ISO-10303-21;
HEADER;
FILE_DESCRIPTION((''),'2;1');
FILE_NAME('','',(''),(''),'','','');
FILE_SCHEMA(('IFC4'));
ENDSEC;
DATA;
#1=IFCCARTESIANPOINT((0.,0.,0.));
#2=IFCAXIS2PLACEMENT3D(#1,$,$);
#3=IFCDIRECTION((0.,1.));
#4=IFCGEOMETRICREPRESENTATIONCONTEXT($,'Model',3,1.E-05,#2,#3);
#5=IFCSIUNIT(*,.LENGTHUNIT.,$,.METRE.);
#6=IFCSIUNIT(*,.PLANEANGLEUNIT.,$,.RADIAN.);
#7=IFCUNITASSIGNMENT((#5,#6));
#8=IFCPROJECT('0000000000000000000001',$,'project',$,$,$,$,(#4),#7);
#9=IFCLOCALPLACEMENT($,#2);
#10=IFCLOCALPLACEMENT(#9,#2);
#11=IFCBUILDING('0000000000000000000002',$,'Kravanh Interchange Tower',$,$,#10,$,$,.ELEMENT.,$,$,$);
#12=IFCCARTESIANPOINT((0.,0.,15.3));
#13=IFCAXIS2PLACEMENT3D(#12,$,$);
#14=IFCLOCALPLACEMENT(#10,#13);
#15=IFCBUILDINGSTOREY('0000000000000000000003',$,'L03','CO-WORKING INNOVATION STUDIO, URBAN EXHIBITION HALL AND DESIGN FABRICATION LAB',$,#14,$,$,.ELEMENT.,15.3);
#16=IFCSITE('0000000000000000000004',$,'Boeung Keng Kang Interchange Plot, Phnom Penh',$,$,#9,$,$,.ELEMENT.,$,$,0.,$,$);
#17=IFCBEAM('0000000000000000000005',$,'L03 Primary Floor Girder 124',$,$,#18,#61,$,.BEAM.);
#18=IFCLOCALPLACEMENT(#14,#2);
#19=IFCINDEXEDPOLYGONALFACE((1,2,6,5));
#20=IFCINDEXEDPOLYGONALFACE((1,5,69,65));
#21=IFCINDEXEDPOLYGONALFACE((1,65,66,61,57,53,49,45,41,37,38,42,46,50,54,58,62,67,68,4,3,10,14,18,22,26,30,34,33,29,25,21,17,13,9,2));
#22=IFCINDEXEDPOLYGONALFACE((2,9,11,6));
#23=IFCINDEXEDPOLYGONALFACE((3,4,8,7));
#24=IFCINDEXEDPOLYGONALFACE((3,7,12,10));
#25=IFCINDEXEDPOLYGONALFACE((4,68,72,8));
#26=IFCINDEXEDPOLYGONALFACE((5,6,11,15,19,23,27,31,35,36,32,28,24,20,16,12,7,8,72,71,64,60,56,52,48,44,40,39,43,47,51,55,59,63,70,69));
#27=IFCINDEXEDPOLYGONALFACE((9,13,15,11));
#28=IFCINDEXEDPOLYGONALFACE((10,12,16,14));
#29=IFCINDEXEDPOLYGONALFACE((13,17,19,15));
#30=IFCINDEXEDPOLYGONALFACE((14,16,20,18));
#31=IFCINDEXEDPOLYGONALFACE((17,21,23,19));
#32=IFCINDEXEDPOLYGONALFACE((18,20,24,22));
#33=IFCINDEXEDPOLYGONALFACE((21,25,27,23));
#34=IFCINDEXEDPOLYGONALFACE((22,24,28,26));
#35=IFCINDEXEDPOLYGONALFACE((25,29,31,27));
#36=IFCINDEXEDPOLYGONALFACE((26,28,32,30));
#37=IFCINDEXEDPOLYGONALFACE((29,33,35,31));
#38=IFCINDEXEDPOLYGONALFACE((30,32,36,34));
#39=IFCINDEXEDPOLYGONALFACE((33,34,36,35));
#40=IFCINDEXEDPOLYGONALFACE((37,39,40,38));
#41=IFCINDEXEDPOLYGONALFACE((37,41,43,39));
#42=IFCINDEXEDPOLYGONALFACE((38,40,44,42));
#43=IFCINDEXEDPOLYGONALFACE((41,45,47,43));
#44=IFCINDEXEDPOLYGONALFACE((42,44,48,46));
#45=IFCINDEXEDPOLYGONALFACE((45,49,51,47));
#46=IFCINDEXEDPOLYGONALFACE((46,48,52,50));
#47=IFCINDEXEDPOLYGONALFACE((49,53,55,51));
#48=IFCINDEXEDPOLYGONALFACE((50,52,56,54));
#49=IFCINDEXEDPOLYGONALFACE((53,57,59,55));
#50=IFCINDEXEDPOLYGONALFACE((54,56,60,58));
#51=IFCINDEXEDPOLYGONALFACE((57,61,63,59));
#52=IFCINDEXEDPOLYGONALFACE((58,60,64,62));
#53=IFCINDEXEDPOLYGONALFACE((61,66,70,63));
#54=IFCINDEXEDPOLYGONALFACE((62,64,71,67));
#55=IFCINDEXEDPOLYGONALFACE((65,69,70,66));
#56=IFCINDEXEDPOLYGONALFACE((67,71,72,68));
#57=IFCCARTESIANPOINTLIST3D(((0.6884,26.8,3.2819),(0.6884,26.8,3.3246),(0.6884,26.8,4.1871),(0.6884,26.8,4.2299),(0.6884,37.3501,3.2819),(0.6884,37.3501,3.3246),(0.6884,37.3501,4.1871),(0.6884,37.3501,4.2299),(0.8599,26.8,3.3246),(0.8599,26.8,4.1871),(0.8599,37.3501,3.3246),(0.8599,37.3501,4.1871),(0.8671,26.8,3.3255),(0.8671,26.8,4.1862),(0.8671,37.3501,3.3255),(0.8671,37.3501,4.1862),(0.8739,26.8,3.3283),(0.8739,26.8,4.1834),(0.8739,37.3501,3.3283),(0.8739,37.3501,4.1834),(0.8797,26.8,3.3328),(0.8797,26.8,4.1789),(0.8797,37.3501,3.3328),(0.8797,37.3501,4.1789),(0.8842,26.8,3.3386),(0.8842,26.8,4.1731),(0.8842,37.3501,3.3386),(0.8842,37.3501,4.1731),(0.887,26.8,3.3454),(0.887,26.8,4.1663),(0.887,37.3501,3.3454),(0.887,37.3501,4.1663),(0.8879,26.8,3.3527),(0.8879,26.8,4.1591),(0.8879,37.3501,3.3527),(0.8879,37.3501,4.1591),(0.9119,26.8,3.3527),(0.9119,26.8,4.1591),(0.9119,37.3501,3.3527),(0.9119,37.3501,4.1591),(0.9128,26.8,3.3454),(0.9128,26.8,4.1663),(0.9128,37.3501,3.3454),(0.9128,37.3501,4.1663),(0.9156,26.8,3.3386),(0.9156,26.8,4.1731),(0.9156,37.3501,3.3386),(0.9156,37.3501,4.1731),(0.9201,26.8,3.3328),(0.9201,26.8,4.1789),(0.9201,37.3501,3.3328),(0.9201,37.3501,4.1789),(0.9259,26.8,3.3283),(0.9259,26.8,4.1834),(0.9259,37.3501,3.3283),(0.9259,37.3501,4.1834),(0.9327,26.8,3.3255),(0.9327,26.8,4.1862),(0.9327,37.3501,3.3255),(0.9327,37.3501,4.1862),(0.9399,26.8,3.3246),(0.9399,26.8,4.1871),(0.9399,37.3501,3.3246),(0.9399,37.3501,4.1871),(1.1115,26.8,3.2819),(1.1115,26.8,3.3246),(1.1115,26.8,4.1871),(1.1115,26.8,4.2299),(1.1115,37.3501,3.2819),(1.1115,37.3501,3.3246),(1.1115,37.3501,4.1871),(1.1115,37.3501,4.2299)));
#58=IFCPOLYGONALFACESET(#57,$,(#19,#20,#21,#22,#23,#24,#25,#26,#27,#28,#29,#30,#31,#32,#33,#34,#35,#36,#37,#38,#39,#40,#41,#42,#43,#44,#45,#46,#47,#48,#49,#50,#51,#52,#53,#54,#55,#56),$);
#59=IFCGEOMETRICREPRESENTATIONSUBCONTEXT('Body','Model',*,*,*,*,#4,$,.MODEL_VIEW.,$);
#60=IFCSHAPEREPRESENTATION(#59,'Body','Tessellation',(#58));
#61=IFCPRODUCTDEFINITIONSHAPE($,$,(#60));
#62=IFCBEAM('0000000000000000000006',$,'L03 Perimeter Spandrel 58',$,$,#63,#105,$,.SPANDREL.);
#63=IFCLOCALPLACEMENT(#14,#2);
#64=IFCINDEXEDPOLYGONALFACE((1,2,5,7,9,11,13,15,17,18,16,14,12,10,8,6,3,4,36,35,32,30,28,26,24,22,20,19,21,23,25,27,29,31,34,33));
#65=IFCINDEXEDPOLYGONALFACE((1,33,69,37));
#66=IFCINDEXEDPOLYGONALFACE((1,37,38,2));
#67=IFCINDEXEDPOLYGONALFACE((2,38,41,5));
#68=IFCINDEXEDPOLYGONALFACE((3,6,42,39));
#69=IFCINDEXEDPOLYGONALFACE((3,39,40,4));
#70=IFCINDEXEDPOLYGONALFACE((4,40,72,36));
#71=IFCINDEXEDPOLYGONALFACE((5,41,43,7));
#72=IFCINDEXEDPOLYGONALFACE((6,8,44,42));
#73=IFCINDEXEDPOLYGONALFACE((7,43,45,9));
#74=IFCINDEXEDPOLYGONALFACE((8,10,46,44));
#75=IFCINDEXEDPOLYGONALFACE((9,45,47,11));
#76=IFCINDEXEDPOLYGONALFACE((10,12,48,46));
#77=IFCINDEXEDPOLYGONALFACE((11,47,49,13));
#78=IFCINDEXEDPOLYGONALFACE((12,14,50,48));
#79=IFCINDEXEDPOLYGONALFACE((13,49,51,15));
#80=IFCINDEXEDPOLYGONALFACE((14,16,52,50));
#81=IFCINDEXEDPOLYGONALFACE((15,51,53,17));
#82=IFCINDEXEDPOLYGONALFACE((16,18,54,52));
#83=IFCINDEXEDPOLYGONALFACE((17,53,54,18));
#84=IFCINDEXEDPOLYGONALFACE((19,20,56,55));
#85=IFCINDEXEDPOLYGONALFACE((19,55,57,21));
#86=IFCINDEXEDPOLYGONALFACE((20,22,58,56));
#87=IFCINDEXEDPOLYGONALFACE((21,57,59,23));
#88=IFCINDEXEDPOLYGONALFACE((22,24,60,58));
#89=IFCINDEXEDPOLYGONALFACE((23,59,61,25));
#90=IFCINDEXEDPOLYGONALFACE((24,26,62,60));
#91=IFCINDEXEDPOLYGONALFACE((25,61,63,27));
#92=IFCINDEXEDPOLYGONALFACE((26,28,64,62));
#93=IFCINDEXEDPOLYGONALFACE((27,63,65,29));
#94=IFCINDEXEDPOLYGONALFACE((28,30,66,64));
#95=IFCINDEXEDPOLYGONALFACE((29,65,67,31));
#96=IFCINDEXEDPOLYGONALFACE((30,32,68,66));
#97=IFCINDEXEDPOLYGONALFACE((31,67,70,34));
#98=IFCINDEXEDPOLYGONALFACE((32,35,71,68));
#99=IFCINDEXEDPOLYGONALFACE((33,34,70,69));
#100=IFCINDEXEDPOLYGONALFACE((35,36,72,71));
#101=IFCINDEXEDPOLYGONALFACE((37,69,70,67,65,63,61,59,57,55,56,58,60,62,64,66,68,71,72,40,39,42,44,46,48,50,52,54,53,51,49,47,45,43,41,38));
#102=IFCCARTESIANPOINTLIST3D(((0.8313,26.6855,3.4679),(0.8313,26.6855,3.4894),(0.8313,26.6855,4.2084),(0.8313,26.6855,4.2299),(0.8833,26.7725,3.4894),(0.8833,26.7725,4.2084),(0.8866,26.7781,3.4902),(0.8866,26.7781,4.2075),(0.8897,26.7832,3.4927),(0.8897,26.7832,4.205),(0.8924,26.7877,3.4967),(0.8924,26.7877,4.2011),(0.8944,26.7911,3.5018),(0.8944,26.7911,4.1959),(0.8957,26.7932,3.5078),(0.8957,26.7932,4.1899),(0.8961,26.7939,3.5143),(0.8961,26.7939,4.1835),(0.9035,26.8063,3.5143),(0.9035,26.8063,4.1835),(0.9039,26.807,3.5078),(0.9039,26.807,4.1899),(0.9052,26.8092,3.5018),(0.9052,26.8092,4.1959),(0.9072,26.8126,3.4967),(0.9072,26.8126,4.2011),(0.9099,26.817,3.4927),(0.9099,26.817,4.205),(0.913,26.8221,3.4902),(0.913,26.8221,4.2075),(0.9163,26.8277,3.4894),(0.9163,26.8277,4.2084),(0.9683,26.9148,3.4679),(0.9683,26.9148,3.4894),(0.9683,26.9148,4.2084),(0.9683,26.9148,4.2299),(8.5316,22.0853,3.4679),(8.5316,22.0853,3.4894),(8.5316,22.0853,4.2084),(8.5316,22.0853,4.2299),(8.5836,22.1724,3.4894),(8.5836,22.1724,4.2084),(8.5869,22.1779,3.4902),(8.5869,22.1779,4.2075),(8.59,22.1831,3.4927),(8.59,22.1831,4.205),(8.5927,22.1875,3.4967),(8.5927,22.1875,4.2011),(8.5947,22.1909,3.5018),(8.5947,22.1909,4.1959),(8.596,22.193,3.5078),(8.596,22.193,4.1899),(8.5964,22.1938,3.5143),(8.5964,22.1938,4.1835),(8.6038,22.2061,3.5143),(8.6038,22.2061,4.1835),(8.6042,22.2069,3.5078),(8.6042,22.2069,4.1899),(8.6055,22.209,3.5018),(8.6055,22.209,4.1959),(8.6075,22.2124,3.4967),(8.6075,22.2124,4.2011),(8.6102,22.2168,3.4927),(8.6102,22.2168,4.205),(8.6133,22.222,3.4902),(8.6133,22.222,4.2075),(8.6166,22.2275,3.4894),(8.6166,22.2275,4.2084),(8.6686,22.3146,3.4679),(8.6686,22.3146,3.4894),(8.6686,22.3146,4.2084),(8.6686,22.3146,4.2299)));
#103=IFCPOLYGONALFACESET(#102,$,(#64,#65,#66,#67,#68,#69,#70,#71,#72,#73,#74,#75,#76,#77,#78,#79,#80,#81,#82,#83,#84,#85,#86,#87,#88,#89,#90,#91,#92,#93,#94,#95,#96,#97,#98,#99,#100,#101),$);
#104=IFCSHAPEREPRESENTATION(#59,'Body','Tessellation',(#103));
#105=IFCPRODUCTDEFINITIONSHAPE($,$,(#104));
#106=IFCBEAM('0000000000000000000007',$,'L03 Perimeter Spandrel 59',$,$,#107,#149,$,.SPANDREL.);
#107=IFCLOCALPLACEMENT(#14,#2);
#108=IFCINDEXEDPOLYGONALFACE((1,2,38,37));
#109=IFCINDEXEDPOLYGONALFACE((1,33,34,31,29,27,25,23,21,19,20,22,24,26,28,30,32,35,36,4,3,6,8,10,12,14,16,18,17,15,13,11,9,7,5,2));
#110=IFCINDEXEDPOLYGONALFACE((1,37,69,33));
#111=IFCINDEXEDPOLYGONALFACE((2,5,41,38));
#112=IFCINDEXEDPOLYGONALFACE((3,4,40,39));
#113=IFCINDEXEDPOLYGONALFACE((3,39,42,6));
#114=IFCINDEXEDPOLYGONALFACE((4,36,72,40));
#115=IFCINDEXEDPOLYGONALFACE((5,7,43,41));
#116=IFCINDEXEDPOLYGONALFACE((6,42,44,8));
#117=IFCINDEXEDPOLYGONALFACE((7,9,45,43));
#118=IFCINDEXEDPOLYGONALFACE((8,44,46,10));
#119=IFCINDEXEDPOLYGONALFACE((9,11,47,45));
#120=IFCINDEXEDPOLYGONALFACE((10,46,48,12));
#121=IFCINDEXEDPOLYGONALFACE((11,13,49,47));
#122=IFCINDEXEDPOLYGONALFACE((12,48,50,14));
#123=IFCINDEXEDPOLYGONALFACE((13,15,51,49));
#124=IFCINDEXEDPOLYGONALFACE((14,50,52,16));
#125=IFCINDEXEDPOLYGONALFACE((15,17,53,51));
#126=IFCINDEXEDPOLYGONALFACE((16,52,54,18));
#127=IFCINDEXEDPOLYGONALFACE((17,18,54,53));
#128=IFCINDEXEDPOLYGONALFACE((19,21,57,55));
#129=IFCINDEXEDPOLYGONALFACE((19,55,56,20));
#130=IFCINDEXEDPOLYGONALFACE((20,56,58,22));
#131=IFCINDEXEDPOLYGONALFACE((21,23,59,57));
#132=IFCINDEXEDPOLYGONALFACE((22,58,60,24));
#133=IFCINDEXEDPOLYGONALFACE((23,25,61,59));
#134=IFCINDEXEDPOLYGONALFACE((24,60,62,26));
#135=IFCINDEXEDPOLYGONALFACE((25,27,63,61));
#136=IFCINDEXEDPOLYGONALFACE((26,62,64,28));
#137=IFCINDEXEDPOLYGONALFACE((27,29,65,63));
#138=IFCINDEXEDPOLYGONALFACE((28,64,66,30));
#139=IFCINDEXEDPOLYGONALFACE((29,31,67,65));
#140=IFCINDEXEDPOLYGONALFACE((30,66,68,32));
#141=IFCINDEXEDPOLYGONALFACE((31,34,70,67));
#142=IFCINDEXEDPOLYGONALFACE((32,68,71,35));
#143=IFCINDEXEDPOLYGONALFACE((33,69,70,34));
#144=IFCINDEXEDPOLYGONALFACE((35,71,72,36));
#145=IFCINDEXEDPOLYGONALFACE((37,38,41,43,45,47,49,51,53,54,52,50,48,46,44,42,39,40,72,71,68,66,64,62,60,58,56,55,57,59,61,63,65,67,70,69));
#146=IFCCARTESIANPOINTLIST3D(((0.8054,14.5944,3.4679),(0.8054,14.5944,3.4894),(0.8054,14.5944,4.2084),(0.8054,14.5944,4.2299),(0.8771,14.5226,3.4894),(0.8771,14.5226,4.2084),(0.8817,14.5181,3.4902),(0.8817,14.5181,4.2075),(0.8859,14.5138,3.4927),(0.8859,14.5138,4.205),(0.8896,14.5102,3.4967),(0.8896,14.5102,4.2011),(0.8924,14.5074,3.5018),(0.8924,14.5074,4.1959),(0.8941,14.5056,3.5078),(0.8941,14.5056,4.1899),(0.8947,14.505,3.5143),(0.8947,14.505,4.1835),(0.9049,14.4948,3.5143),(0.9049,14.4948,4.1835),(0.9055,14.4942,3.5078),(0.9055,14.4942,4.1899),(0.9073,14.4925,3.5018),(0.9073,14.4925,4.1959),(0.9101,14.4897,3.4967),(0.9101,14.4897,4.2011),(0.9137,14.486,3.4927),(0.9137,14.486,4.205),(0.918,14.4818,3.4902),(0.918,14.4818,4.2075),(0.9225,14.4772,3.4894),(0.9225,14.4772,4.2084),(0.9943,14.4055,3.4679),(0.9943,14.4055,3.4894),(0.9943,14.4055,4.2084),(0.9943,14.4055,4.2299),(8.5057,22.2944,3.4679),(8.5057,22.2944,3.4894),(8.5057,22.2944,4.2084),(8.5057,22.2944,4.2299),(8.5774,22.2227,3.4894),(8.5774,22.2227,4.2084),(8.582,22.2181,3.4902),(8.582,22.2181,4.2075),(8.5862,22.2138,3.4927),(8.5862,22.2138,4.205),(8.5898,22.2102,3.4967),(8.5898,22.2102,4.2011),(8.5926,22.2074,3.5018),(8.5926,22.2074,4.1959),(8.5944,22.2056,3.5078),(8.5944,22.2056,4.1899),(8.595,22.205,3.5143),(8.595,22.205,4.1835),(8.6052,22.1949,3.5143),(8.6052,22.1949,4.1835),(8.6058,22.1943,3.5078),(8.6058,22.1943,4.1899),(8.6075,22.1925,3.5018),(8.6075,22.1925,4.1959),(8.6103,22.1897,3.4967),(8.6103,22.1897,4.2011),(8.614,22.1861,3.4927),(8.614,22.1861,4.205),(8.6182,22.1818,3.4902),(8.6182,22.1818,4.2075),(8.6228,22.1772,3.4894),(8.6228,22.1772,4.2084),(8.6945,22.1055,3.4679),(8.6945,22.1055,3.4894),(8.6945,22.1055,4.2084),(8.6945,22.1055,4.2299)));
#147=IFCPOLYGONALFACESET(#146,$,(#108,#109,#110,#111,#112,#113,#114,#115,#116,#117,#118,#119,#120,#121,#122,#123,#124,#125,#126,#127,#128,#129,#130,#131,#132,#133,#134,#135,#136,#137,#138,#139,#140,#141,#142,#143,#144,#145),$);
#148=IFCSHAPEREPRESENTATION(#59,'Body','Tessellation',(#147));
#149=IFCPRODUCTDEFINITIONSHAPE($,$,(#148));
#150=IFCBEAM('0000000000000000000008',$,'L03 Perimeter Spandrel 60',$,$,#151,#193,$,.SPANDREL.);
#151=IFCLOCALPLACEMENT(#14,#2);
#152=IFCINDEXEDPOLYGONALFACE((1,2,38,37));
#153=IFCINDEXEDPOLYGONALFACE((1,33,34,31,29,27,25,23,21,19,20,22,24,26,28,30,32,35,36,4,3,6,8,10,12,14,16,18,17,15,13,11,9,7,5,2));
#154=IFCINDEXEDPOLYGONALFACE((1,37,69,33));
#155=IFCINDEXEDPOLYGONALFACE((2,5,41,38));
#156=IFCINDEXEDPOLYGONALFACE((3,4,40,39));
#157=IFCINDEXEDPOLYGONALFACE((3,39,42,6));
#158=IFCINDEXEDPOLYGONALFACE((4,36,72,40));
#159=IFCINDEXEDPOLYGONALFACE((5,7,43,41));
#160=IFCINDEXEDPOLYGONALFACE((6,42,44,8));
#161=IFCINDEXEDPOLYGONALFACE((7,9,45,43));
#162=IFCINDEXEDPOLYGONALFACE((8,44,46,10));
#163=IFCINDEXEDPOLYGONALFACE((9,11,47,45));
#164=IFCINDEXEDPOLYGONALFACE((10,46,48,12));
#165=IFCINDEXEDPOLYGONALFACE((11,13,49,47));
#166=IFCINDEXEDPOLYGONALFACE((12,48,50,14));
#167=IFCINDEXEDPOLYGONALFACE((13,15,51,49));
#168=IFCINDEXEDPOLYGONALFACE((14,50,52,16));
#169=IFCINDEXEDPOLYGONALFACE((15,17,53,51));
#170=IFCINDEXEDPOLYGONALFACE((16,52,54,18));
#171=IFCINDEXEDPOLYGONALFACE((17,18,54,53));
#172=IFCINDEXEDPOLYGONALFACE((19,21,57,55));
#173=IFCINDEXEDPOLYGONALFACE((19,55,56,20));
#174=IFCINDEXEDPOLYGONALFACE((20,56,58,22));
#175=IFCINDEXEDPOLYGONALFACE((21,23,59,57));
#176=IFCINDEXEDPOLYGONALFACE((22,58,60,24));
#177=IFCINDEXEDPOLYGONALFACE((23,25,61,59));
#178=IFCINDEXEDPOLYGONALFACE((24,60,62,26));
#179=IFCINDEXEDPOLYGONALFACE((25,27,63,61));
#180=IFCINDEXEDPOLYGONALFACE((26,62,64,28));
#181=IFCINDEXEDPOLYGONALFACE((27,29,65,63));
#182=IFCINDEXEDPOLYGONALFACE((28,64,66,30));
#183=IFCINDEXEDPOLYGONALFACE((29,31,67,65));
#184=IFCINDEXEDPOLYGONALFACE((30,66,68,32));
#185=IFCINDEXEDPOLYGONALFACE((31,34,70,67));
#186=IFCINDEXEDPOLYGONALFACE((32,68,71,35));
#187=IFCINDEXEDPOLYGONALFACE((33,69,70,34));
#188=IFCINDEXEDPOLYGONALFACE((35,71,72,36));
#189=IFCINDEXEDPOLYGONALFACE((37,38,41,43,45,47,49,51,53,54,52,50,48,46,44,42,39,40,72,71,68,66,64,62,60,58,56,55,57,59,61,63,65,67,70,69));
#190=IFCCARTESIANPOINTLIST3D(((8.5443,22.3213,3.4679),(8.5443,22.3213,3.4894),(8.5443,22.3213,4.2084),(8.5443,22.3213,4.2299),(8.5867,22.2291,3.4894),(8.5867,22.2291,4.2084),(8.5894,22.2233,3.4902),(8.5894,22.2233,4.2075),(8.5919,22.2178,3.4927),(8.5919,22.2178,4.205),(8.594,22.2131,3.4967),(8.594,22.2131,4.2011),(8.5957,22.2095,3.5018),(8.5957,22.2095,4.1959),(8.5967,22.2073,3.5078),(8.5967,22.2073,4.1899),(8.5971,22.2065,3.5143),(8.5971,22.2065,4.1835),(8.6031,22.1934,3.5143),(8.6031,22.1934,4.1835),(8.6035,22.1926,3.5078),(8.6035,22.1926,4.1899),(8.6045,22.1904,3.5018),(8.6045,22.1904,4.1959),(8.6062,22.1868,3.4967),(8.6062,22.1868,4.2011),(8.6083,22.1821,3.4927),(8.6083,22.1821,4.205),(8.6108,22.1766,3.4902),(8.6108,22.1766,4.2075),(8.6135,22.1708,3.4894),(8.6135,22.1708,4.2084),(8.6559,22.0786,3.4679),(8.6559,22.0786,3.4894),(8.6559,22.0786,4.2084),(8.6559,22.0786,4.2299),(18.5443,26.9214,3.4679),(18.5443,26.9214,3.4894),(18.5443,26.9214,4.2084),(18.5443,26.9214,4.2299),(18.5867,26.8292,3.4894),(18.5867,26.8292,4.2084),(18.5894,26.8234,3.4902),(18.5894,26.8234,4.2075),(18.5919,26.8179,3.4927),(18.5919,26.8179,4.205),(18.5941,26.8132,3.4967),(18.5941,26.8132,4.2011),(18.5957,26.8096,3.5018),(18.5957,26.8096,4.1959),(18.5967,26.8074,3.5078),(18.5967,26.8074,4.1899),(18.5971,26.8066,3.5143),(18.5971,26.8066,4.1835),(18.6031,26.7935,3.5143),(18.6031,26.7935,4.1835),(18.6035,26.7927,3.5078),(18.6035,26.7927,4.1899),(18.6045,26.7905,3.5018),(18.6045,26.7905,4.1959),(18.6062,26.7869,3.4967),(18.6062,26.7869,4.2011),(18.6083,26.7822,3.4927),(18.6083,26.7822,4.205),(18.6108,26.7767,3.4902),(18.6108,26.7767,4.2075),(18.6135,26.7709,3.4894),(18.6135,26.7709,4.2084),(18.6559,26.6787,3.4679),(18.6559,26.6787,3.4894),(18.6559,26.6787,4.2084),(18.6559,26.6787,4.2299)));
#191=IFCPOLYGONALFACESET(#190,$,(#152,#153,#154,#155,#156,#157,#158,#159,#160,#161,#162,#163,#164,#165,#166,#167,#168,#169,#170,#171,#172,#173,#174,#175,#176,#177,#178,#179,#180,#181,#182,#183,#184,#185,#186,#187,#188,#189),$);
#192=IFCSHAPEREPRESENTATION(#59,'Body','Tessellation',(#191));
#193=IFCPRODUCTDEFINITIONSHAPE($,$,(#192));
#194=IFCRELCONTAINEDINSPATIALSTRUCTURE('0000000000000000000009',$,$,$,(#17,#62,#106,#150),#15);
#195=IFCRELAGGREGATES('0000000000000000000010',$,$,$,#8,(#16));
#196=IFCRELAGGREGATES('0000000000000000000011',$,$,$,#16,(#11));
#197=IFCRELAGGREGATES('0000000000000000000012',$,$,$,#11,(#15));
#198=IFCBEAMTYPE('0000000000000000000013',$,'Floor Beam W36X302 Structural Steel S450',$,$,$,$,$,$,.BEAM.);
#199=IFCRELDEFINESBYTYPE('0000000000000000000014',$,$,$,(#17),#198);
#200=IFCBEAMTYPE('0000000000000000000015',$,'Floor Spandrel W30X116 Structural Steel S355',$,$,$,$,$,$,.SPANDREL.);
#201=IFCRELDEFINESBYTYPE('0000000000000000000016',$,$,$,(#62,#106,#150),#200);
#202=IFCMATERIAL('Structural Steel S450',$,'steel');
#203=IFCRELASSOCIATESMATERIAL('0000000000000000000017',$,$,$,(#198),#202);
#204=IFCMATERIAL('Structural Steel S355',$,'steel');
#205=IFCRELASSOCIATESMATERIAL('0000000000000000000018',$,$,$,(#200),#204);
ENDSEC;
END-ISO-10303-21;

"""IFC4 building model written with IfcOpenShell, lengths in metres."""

from ifc_helpers import new_model, si_unit, direction, frame, origin, origin_2d, place, context, subcontext, project, spatial, i_section, extrude, material, material_profile, profile_set, type_object, element, save


model = new_model("IFC4")

# Units and contexts
model_context = context("Model", 3, precision=1e-05, world=origin(), true_north=direction((0.0, 1.0)))
body_context = subcontext(model_context, "Body", "Model", "MODEL_VIEW")
ifc_project = project(units=[si_unit("LENGTHUNIT", "METRE"), si_unit("PLANEANGLEUNIT", "RADIAN")], contexts=[model_context])

# Site, building, storey
site_placement = place(None, origin())
site = spatial("IfcSite", under=ifc_project, at=site_placement, Name="Boeung Keng Kang Interchange Plot, Phnom Penh", CompositionType="ELEMENT", RefElevation=0.0)
building_placement = place(site_placement, origin())
building = spatial("IfcBuilding", under=site, at=building_placement, Name="Kravanh Interchange Tower", CompositionType="ELEMENT")
storey_placement = place(building_placement, frame((0.0, 0.0, 15.3)))
storey = spatial("IfcBuildingStorey", under=building, at=storey_placement, Name="L03", Description="CO-WORKING INNOVATION STUDIO, URBAN EXHIBITION HALL AND DESIGN FABRICATION LAB", CompositionType="ELEMENT", Elevation=15.3)

# Beams
ifc_material_1 = material(Name="Structural Steel S450", Category="steel")
ifc_material_profile_1 = material_profile(ifc_material_1, i_section(OverallWidth=0.4231, OverallDepth=0.948, WebThickness=0.0239, FlangeThickness=0.0427, FilletRadius=0.0281, at=origin_2d()), Name="W36X302")
ifc_profile_set_1 = profile_set([ifc_material_profile_1], Name="Structural Steel S450")
beam_type_1 = type_object("IfcBeamType", Name="Floor Beam W36X302 Structural Steel S450", PredefinedType="BEAM", material=ifc_profile_set_1)
beam_1_placement = place(storey_placement, frame((0.8999, 26.8, 3.7559), z_axis=(0.0, 1.0, 0.0), x_axis=(-1.0, 0.0, 0.0)))
element("IfcBeam", 1, at=beam_1_placement, inside=storey, type_object=beam_type_1, Name="L03 Primary Floor Girder 124", PredefinedType="BEAM", context=body_context, shape_type="SweptSolid", body=[
    extrude(i_section(OverallWidth=0.4231, OverallDepth=0.948, WebThickness=0.0239, FlangeThickness=0.0427, FilletRadius=0.0281, at=origin_2d()), origin(), (0.0, 0.0, 1.0), 10.55),
])
ifc_material_2 = material(Name="Structural Steel S355", Category="steel")
ifc_material_profile_2 = material_profile(ifc_material_2, i_section(OverallWidth=0.2671, OverallDepth=0.762, WebThickness=0.0144, FlangeThickness=0.0215, FilletRadius=0.0249, at=origin_2d()), Name="W30X116")
ifc_profile_set_2 = profile_set([ifc_material_profile_2], Name="Structural Steel S355")
beam_type_2 = type_object("IfcBeamType", Name="Floor Spandrel W30X116 Structural Steel S355", PredefinedType="SPANDREL", material=ifc_profile_set_2)
beam_2_placement = place(storey_placement, frame((8.6001, 22.2, 3.8489), z_axis=(-0.858476, 0.512854, 0.0), x_axis=(-0.512854, -0.858476, 0.0)))
element("IfcBeam", 2, at=beam_2_placement, inside=storey, type_object=beam_type_2, Name="L03 Perimeter Spandrel 58", PredefinedType="SPANDREL", context=body_context, shape_type="SweptSolid", body=[
    extrude(i_section(OverallWidth=0.2671, OverallDepth=0.762, WebThickness=0.0144, FlangeThickness=0.0215, FilletRadius=0.0249, at=origin_2d()), origin(), (0.0, 0.0, 1.0), 8.9697),
])
beam_3_placement = place(storey_placement, frame((8.6001, 22.2, 3.8489), z_axis=(-0.707118, -0.707096, 0.0), x_axis=(0.707096, -0.707118, 0.0)))
element("IfcBeam", 3, at=beam_3_placement, inside=storey, type_object=beam_type_2, Name="L03 Perimeter Spandrel 59", PredefinedType="SPANDREL", context=body_context, shape_type="SweptSolid", body=[
    extrude(i_section(OverallWidth=0.2671, OverallDepth=0.762, WebThickness=0.0144, FlangeThickness=0.0215, FilletRadius=0.0249, at=origin_2d()), origin(), (0.0, 0.0, 1.0), 10.8896),
])
beam_4_placement = place(storey_placement, frame((8.6001, 22.2, 3.8489), z_axis=(0.908487, 0.417913, 0.0), x_axis=(-0.417913, 0.908487, 0.0)))
element("IfcBeam", 4, at=beam_4_placement, inside=storey, type_object=beam_type_2, Name="L03 Perimeter Spandrel 60", PredefinedType="SPANDREL", context=body_context, shape_type="SweptSolid", body=[
    extrude(i_section(OverallWidth=0.2671, OverallDepth=0.762, WebThickness=0.0144, FlangeThickness=0.0215, FilletRadius=0.0249, at=origin_2d()), origin(), (0.0, 0.0, 1.0), 11.0073),
])

save(model, "model.ifc")
